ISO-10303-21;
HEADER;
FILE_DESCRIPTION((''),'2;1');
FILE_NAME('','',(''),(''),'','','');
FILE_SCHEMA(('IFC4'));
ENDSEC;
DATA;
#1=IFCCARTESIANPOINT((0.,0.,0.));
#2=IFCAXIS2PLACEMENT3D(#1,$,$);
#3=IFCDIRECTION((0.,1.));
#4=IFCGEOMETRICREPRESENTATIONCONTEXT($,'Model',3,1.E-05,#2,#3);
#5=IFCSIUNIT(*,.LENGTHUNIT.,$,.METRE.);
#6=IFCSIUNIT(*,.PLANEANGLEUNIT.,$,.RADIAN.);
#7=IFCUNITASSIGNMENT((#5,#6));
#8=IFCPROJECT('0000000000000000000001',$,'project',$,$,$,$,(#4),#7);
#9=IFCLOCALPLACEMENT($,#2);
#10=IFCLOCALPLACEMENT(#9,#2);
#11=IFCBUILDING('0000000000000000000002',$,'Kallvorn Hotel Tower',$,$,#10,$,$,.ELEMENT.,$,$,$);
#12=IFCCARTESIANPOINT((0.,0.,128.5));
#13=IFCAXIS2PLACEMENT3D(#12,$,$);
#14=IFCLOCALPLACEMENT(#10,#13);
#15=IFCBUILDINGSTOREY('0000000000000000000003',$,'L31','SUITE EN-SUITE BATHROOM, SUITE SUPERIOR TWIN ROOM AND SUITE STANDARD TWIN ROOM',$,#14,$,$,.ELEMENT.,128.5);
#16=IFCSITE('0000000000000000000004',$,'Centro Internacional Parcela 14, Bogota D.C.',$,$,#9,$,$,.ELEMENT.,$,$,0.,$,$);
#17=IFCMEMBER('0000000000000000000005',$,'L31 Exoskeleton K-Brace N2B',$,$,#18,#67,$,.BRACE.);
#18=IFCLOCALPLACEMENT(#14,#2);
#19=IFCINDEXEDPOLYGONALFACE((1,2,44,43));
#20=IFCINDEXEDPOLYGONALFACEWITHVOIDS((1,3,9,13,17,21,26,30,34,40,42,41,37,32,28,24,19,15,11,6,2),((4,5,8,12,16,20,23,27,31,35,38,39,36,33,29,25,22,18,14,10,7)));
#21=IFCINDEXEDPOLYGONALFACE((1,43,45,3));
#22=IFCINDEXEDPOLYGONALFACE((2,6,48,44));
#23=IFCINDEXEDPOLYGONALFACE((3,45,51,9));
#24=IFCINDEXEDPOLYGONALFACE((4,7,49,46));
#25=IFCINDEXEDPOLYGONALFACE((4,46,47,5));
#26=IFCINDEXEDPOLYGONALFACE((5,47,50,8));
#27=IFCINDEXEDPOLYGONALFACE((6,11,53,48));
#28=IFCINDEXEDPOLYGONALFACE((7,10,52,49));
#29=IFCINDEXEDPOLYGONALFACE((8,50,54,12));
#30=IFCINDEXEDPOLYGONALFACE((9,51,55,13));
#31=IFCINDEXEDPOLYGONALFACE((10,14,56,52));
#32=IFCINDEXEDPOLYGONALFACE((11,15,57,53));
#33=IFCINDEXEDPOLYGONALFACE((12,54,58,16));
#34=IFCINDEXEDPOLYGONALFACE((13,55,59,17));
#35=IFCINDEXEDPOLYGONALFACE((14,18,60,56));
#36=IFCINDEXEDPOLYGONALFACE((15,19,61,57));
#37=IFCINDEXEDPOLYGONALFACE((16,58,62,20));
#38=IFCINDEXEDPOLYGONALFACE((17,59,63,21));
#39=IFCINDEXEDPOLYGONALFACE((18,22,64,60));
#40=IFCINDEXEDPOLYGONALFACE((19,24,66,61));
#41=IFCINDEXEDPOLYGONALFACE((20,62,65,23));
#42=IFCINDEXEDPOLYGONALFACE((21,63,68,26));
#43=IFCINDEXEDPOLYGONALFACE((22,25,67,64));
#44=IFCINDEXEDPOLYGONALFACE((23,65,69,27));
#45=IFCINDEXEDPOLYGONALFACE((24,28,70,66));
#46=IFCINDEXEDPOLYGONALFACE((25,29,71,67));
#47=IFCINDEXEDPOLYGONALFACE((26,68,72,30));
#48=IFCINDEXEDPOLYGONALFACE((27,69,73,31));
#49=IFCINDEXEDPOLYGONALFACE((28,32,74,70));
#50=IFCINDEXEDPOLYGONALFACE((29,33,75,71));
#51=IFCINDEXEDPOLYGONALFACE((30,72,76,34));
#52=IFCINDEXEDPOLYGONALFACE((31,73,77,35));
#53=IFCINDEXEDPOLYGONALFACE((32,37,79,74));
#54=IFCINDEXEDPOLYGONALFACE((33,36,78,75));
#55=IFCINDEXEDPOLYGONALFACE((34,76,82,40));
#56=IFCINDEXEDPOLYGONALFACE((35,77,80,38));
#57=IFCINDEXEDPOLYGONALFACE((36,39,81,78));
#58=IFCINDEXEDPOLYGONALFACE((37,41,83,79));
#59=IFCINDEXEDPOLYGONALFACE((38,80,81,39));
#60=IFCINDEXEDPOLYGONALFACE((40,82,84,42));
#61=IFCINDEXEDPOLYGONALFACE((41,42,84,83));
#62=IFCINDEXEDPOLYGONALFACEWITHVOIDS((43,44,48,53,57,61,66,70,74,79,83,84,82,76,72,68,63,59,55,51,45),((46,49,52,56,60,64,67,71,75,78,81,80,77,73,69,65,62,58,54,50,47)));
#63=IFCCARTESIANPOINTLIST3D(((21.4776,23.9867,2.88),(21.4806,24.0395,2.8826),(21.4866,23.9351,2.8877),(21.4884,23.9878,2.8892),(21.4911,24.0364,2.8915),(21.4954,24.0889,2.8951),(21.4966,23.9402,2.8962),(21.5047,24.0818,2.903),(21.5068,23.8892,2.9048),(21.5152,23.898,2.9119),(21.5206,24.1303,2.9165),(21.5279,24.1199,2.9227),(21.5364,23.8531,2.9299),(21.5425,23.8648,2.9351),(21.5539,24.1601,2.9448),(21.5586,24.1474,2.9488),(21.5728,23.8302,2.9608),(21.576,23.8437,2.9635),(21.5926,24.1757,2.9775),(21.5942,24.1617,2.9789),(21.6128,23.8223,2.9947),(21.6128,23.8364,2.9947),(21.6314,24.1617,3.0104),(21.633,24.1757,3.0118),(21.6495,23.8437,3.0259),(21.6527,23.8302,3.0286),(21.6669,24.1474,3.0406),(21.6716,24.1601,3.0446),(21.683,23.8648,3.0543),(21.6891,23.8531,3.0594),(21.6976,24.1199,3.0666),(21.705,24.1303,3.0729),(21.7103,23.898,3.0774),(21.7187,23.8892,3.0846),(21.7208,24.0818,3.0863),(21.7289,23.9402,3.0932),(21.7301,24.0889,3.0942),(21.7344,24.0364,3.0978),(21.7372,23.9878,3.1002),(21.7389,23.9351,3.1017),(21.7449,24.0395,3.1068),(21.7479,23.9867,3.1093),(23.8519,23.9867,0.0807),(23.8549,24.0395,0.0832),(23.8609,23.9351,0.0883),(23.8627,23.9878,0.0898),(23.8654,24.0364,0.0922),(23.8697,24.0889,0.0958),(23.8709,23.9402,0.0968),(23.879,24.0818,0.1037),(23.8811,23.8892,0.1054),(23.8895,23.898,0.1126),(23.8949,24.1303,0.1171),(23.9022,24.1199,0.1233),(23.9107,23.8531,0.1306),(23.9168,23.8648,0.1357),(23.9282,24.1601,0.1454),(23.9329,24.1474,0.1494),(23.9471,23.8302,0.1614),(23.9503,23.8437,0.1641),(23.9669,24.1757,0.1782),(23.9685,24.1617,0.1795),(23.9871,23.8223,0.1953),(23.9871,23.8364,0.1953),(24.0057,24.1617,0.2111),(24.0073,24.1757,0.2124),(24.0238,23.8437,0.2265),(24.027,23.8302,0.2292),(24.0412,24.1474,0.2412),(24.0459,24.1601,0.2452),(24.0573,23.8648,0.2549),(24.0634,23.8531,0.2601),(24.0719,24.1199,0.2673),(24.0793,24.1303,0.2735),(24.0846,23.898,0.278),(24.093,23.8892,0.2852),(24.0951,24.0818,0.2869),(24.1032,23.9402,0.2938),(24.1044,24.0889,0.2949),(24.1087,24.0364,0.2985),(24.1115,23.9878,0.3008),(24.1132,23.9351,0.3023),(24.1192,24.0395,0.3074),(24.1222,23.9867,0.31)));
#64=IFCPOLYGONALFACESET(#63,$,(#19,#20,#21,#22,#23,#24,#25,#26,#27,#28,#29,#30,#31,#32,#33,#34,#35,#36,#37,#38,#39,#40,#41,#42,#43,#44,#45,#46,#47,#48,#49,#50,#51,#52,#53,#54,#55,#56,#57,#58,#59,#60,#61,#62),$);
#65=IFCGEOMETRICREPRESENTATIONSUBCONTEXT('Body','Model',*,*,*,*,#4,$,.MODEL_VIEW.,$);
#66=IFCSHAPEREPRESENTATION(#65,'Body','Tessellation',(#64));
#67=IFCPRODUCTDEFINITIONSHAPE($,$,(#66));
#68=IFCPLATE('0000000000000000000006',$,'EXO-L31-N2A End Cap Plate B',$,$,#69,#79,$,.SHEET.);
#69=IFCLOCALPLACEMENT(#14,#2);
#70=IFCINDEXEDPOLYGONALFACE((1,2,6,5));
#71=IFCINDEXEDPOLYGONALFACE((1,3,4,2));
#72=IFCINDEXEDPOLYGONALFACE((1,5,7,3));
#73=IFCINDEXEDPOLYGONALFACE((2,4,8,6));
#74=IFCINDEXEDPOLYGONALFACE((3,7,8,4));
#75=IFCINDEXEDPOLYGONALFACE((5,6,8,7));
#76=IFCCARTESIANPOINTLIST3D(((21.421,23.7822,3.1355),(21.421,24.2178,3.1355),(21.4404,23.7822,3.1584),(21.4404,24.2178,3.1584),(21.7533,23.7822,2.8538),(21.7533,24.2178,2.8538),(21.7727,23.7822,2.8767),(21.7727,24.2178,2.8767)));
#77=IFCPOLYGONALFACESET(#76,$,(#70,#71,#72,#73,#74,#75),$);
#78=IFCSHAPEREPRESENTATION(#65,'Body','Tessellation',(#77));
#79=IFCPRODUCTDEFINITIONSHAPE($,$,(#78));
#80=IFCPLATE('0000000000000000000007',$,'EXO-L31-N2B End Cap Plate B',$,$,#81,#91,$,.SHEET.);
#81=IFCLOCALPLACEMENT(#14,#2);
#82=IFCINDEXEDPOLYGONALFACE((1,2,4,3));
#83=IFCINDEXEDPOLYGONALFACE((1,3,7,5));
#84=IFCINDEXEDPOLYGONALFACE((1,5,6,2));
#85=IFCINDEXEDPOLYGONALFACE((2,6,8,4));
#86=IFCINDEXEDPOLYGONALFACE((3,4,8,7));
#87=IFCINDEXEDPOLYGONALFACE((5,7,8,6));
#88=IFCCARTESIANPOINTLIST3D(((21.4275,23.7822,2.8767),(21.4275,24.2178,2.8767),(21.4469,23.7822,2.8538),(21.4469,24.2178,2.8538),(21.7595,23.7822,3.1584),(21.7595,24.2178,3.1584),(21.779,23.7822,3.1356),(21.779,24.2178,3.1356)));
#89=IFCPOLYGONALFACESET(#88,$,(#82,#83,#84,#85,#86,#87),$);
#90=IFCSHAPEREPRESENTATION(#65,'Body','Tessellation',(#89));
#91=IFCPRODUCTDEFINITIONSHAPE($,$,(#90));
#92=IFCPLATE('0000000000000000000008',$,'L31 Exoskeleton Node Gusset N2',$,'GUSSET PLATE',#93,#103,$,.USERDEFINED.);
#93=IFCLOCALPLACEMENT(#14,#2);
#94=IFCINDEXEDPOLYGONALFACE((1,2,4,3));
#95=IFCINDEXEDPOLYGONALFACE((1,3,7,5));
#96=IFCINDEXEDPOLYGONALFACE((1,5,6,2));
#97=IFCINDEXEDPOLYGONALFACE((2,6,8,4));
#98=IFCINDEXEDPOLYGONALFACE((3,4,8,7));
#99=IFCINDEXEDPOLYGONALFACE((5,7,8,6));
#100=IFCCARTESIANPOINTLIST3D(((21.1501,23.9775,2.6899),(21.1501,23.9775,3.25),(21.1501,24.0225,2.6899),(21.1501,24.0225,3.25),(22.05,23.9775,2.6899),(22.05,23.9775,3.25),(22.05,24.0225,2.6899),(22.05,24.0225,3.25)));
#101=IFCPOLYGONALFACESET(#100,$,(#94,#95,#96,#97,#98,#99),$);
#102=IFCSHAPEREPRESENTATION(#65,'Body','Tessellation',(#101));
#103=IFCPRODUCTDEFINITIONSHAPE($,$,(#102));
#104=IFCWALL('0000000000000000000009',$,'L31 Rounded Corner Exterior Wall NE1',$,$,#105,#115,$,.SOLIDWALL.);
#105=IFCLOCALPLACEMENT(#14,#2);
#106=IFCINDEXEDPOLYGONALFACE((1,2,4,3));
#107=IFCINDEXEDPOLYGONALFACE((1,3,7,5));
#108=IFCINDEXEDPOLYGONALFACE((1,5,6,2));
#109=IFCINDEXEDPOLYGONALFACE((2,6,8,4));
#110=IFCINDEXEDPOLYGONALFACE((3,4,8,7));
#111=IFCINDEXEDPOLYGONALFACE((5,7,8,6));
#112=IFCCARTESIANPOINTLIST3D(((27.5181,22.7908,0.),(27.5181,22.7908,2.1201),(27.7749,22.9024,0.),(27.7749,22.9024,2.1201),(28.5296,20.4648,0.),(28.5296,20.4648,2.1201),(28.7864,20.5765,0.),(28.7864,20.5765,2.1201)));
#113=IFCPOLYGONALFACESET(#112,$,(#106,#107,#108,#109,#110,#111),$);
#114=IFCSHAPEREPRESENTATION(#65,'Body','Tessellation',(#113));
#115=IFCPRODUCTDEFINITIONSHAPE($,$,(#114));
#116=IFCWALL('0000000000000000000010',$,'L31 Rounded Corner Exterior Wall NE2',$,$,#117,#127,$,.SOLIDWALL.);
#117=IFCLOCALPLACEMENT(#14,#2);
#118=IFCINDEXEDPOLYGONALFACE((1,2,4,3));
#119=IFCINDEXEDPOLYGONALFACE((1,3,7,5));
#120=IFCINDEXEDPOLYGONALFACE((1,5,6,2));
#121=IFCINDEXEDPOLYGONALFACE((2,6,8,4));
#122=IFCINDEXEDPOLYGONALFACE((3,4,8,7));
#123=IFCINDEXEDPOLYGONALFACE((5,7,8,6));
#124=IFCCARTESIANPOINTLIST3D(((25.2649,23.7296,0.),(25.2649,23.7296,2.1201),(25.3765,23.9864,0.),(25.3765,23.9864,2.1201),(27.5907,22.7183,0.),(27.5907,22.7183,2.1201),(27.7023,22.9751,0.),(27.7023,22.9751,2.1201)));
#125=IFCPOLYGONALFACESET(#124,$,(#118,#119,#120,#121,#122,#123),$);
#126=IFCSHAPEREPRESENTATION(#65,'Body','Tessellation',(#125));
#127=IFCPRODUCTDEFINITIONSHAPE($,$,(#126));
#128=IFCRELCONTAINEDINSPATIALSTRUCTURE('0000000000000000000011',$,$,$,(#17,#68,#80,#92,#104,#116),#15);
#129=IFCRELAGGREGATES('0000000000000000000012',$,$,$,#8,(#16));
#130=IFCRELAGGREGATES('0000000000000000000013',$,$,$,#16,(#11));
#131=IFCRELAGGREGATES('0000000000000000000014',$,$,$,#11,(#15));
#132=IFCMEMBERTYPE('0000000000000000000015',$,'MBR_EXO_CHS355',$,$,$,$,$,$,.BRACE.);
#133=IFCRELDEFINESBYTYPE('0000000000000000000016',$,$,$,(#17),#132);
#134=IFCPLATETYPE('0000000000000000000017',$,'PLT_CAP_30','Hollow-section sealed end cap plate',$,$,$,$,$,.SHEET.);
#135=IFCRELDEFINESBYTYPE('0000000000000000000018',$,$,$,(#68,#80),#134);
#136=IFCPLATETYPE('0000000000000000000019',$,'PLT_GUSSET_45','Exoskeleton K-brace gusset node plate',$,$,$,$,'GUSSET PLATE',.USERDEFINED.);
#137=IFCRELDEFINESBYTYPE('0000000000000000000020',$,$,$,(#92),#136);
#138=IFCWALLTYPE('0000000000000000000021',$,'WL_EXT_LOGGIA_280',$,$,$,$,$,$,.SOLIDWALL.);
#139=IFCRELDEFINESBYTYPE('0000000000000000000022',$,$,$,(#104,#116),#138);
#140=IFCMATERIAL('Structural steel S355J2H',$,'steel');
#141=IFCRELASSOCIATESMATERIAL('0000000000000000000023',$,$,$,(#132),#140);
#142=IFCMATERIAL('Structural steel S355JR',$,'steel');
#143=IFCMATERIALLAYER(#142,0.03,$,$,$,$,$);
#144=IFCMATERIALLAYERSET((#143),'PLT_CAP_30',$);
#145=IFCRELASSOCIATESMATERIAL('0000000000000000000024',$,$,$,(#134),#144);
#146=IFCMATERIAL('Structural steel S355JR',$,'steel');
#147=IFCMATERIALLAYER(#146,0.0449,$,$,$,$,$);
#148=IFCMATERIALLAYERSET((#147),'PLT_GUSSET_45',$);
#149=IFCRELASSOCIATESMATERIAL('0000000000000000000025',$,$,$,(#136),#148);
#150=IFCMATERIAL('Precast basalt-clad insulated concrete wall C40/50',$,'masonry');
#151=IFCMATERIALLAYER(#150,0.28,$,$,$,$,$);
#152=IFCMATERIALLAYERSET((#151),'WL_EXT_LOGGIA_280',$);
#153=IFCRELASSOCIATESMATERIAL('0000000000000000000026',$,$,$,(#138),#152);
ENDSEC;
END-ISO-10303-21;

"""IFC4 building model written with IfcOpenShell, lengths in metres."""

from ifc_helpers import new_model, si_unit, direction, frame, frame_2d, origin, origin_2d, place, context, subcontext, project, spatial, polyline, rectangle, hollow_circle, outline, extrude, material, layer, layer_set, material_profile, profile_set, type_object, element, save


model = new_model("IFC4")

# Units and contexts
model_context = context("Model", 3, precision=1e-05, world=origin(), true_north=direction((0.0, 1.0)))
body_context = subcontext(model_context, "Body", "Model", "MODEL_VIEW")
ifc_project = project(units=[si_unit("LENGTHUNIT", "METRE"), si_unit("PLANEANGLEUNIT", "RADIAN")], contexts=[model_context])

# Site, building, storey
site_placement = place(None, origin())
site = spatial("IfcSite", under=ifc_project, at=site_placement, Name="Centro Internacional Parcela 14, Bogota D.C.", CompositionType="ELEMENT", RefElevation=0.0)
building_placement = place(site_placement, origin())
building = spatial("IfcBuilding", under=site, at=building_placement, Name="Kallvorn Hotel Tower", CompositionType="ELEMENT")
storey_placement = place(building_placement, frame((0.0, 0.0, 128.5)))
storey = spatial("IfcBuildingStorey", under=building, at=storey_placement, Name="L31", Description="SUITE EN-SUITE BATHROOM, SUITE SUPERIOR TWIN ROOM AND SUITE STANDARD TWIN ROOM", CompositionType="ELEMENT", Elevation=128.5)

# Member
ifc_material_1 = material(Name="Structural steel S355J2H", Category="steel")
ifc_material_profile_1 = material_profile(ifc_material_1, hollow_circle(Radius=0.1777, WallThickness=0.0142, at=origin_2d()), Name="CHS 355.6x14.2")
ifc_profile_set_1 = profile_set([ifc_material_profile_1], Name="Structural steel S355J2H")
member_type_1 = type_object("IfcMemberType", Name="MBR_EXO_CHS355", PredefinedType="BRACE", material=ifc_profile_set_1)
for number, where, z_axis, x_axis, name in (
    (1, (23.9871, 24.0, 0.1953), (-0.646833, 0.0, 0.762631), (0.0, -1.0, 0.0), "L31 Exoskeleton K-Brace N2B"),
):
    element("IfcMember", number, at=place(storey_placement, frame(where, z_axis=z_axis, x_axis=x_axis)), inside=storey, type_object=member_type_1, Name=name, PredefinedType="BRACE", context=body_context, shape_type="SweptSolid", body=[
        extrude(hollow_circle(Radius=0.1777, WallThickness=0.0142, at=origin_2d()), origin(), (0.0, 0.0, 1.0), 3.6707),
    ])

# Plates
ifc_material_2 = material(Name="Structural steel S355JR", Category="steel")
ifc_layer_1 = layer(ifc_material_2, 0.03)
ifc_layer_set_1 = layer_set([ifc_layer_1], Name="PLT_CAP_30")
plate_type_1 = type_object("IfcPlateType", Name="PLT_CAP_30", Description="Hollow-section sealed end cap plate", PredefinedType="SHEET", material=ifc_layer_set_1)
plate_1_placement = place(storey_placement, frame((21.7727, 23.7822, 2.8767), z_axis=(0.646721, 0.0, 0.762727), x_axis=(0.0, 1.0, 0.0)))
element("IfcPlate", 2, at=plate_1_placement, inside=storey, type_object=plate_type_1, Name="EXO-L31-N2A End Cap Plate B", PredefinedType="SHEET", context=body_context, shape_type="SweptSolid", body=[
    extrude(outline(polyline([(0.0, 0.0), (0.4355, 0.0), (0.4355, 0.4356), (0.0, 0.4356), (0.0, 0.0)])), origin(), (0.0, 0.0, -1.0), 0.03),
])
plate_2_placement = place(storey_placement, frame((21.4275, 24.2178, 2.8767), z_axis=(-0.646997, 0.0, 0.762492), x_axis=(0.0, -1.0, 0.0)))
element("IfcPlate", 3, at=plate_2_placement, inside=storey, type_object=plate_type_1, Name="EXO-L31-N2B End Cap Plate B", PredefinedType="SHEET", context=body_context, shape_type="SweptSolid", body=[
    extrude(outline(polyline([(0.0, 0.0), (0.4355, 0.0), (0.4355, 0.4355), (0.0, 0.4355), (0.0, 0.0)])), origin(), (0.0, 0.0, -1.0), 0.03),
])
ifc_material_3 = material(Name="Structural steel S355JR", Category="steel")
ifc_layer_2 = layer(ifc_material_3, 0.0449)
ifc_layer_set_2 = layer_set([ifc_layer_2], Name="PLT_GUSSET_45")
plate_type_2 = type_object("IfcPlateType", Name="PLT_GUSSET_45", Description="Exoskeleton K-brace gusset node plate", ElementType="GUSSET PLATE", PredefinedType="USERDEFINED", material=ifc_layer_set_2)
plate_3_placement = place(storey_placement, frame((21.6001, 24.0, 2.6899), z_axis=(0.0, 0.0, 1.0), x_axis=(1.0, 0.0, 0.0)))
element("IfcPlate", 4, at=plate_3_placement, inside=storey, type_object=plate_type_2, Name="L31 Exoskeleton Node Gusset N2", ObjectType="GUSSET PLATE", PredefinedType="USERDEFINED", context=body_context, shape_type="SweptSolid", body=[
    extrude(rectangle(XDim=0.8999, YDim=0.0449, at=origin_2d()), origin(), (0.0, 0.0, 1.0), 0.5601),
])

# Walls
ifc_material_4 = material(Name="Precast basalt-clad insulated concrete wall C40/50", Category="masonry")
ifc_layer_3 = layer(ifc_material_4, 0.28)
ifc_layer_set_3 = layer_set([ifc_layer_3], Name="WL_EXT_LOGGIA_280")
wall_type = type_object("IfcWallType", Name="WL_EXT_LOGGIA_280", PredefinedType="SOLIDWALL", material=ifc_layer_set_3)
wall_1_placement = place(storey_placement, frame((28.658, 20.5208, 0.0), z_axis=(0.0, 0.0, 1.0), x_axis=(-0.398793, 0.917041, 0.0)))
element("IfcWall", 5, at=wall_1_placement, inside=storey, type_object=wall_type, Name="L31 Rounded Corner Exterior Wall NE1", PredefinedType="SOLIDWALL", context=body_context, shape_type="SweptSolid", body=[
    extrude(rectangle(XDim=2.5364, YDim=0.28, at=frame_2d((1.2681, 0.0))), origin(), (0.0, 0.0, 1.0), 2.1201),
])
wall_2_placement = place(storey_placement, frame((27.6465, 22.8467, 0.0), z_axis=(0.0, 0.0, 1.0), x_axis=(-0.917061, 0.398747, 0.0)))
element("IfcWall", 6, at=wall_2_placement, inside=storey, type_object=wall_type, Name="L31 Rounded Corner Exterior Wall NE2", PredefinedType="SOLIDWALL", context=body_context, shape_type="SweptSolid", body=[
    extrude(rectangle(XDim=2.5361, YDim=0.28, at=frame_2d((1.2681, 0.0))), origin(), (0.0, 0.0, 1.0), 2.1201),
])

save(model, "model.ifc")
